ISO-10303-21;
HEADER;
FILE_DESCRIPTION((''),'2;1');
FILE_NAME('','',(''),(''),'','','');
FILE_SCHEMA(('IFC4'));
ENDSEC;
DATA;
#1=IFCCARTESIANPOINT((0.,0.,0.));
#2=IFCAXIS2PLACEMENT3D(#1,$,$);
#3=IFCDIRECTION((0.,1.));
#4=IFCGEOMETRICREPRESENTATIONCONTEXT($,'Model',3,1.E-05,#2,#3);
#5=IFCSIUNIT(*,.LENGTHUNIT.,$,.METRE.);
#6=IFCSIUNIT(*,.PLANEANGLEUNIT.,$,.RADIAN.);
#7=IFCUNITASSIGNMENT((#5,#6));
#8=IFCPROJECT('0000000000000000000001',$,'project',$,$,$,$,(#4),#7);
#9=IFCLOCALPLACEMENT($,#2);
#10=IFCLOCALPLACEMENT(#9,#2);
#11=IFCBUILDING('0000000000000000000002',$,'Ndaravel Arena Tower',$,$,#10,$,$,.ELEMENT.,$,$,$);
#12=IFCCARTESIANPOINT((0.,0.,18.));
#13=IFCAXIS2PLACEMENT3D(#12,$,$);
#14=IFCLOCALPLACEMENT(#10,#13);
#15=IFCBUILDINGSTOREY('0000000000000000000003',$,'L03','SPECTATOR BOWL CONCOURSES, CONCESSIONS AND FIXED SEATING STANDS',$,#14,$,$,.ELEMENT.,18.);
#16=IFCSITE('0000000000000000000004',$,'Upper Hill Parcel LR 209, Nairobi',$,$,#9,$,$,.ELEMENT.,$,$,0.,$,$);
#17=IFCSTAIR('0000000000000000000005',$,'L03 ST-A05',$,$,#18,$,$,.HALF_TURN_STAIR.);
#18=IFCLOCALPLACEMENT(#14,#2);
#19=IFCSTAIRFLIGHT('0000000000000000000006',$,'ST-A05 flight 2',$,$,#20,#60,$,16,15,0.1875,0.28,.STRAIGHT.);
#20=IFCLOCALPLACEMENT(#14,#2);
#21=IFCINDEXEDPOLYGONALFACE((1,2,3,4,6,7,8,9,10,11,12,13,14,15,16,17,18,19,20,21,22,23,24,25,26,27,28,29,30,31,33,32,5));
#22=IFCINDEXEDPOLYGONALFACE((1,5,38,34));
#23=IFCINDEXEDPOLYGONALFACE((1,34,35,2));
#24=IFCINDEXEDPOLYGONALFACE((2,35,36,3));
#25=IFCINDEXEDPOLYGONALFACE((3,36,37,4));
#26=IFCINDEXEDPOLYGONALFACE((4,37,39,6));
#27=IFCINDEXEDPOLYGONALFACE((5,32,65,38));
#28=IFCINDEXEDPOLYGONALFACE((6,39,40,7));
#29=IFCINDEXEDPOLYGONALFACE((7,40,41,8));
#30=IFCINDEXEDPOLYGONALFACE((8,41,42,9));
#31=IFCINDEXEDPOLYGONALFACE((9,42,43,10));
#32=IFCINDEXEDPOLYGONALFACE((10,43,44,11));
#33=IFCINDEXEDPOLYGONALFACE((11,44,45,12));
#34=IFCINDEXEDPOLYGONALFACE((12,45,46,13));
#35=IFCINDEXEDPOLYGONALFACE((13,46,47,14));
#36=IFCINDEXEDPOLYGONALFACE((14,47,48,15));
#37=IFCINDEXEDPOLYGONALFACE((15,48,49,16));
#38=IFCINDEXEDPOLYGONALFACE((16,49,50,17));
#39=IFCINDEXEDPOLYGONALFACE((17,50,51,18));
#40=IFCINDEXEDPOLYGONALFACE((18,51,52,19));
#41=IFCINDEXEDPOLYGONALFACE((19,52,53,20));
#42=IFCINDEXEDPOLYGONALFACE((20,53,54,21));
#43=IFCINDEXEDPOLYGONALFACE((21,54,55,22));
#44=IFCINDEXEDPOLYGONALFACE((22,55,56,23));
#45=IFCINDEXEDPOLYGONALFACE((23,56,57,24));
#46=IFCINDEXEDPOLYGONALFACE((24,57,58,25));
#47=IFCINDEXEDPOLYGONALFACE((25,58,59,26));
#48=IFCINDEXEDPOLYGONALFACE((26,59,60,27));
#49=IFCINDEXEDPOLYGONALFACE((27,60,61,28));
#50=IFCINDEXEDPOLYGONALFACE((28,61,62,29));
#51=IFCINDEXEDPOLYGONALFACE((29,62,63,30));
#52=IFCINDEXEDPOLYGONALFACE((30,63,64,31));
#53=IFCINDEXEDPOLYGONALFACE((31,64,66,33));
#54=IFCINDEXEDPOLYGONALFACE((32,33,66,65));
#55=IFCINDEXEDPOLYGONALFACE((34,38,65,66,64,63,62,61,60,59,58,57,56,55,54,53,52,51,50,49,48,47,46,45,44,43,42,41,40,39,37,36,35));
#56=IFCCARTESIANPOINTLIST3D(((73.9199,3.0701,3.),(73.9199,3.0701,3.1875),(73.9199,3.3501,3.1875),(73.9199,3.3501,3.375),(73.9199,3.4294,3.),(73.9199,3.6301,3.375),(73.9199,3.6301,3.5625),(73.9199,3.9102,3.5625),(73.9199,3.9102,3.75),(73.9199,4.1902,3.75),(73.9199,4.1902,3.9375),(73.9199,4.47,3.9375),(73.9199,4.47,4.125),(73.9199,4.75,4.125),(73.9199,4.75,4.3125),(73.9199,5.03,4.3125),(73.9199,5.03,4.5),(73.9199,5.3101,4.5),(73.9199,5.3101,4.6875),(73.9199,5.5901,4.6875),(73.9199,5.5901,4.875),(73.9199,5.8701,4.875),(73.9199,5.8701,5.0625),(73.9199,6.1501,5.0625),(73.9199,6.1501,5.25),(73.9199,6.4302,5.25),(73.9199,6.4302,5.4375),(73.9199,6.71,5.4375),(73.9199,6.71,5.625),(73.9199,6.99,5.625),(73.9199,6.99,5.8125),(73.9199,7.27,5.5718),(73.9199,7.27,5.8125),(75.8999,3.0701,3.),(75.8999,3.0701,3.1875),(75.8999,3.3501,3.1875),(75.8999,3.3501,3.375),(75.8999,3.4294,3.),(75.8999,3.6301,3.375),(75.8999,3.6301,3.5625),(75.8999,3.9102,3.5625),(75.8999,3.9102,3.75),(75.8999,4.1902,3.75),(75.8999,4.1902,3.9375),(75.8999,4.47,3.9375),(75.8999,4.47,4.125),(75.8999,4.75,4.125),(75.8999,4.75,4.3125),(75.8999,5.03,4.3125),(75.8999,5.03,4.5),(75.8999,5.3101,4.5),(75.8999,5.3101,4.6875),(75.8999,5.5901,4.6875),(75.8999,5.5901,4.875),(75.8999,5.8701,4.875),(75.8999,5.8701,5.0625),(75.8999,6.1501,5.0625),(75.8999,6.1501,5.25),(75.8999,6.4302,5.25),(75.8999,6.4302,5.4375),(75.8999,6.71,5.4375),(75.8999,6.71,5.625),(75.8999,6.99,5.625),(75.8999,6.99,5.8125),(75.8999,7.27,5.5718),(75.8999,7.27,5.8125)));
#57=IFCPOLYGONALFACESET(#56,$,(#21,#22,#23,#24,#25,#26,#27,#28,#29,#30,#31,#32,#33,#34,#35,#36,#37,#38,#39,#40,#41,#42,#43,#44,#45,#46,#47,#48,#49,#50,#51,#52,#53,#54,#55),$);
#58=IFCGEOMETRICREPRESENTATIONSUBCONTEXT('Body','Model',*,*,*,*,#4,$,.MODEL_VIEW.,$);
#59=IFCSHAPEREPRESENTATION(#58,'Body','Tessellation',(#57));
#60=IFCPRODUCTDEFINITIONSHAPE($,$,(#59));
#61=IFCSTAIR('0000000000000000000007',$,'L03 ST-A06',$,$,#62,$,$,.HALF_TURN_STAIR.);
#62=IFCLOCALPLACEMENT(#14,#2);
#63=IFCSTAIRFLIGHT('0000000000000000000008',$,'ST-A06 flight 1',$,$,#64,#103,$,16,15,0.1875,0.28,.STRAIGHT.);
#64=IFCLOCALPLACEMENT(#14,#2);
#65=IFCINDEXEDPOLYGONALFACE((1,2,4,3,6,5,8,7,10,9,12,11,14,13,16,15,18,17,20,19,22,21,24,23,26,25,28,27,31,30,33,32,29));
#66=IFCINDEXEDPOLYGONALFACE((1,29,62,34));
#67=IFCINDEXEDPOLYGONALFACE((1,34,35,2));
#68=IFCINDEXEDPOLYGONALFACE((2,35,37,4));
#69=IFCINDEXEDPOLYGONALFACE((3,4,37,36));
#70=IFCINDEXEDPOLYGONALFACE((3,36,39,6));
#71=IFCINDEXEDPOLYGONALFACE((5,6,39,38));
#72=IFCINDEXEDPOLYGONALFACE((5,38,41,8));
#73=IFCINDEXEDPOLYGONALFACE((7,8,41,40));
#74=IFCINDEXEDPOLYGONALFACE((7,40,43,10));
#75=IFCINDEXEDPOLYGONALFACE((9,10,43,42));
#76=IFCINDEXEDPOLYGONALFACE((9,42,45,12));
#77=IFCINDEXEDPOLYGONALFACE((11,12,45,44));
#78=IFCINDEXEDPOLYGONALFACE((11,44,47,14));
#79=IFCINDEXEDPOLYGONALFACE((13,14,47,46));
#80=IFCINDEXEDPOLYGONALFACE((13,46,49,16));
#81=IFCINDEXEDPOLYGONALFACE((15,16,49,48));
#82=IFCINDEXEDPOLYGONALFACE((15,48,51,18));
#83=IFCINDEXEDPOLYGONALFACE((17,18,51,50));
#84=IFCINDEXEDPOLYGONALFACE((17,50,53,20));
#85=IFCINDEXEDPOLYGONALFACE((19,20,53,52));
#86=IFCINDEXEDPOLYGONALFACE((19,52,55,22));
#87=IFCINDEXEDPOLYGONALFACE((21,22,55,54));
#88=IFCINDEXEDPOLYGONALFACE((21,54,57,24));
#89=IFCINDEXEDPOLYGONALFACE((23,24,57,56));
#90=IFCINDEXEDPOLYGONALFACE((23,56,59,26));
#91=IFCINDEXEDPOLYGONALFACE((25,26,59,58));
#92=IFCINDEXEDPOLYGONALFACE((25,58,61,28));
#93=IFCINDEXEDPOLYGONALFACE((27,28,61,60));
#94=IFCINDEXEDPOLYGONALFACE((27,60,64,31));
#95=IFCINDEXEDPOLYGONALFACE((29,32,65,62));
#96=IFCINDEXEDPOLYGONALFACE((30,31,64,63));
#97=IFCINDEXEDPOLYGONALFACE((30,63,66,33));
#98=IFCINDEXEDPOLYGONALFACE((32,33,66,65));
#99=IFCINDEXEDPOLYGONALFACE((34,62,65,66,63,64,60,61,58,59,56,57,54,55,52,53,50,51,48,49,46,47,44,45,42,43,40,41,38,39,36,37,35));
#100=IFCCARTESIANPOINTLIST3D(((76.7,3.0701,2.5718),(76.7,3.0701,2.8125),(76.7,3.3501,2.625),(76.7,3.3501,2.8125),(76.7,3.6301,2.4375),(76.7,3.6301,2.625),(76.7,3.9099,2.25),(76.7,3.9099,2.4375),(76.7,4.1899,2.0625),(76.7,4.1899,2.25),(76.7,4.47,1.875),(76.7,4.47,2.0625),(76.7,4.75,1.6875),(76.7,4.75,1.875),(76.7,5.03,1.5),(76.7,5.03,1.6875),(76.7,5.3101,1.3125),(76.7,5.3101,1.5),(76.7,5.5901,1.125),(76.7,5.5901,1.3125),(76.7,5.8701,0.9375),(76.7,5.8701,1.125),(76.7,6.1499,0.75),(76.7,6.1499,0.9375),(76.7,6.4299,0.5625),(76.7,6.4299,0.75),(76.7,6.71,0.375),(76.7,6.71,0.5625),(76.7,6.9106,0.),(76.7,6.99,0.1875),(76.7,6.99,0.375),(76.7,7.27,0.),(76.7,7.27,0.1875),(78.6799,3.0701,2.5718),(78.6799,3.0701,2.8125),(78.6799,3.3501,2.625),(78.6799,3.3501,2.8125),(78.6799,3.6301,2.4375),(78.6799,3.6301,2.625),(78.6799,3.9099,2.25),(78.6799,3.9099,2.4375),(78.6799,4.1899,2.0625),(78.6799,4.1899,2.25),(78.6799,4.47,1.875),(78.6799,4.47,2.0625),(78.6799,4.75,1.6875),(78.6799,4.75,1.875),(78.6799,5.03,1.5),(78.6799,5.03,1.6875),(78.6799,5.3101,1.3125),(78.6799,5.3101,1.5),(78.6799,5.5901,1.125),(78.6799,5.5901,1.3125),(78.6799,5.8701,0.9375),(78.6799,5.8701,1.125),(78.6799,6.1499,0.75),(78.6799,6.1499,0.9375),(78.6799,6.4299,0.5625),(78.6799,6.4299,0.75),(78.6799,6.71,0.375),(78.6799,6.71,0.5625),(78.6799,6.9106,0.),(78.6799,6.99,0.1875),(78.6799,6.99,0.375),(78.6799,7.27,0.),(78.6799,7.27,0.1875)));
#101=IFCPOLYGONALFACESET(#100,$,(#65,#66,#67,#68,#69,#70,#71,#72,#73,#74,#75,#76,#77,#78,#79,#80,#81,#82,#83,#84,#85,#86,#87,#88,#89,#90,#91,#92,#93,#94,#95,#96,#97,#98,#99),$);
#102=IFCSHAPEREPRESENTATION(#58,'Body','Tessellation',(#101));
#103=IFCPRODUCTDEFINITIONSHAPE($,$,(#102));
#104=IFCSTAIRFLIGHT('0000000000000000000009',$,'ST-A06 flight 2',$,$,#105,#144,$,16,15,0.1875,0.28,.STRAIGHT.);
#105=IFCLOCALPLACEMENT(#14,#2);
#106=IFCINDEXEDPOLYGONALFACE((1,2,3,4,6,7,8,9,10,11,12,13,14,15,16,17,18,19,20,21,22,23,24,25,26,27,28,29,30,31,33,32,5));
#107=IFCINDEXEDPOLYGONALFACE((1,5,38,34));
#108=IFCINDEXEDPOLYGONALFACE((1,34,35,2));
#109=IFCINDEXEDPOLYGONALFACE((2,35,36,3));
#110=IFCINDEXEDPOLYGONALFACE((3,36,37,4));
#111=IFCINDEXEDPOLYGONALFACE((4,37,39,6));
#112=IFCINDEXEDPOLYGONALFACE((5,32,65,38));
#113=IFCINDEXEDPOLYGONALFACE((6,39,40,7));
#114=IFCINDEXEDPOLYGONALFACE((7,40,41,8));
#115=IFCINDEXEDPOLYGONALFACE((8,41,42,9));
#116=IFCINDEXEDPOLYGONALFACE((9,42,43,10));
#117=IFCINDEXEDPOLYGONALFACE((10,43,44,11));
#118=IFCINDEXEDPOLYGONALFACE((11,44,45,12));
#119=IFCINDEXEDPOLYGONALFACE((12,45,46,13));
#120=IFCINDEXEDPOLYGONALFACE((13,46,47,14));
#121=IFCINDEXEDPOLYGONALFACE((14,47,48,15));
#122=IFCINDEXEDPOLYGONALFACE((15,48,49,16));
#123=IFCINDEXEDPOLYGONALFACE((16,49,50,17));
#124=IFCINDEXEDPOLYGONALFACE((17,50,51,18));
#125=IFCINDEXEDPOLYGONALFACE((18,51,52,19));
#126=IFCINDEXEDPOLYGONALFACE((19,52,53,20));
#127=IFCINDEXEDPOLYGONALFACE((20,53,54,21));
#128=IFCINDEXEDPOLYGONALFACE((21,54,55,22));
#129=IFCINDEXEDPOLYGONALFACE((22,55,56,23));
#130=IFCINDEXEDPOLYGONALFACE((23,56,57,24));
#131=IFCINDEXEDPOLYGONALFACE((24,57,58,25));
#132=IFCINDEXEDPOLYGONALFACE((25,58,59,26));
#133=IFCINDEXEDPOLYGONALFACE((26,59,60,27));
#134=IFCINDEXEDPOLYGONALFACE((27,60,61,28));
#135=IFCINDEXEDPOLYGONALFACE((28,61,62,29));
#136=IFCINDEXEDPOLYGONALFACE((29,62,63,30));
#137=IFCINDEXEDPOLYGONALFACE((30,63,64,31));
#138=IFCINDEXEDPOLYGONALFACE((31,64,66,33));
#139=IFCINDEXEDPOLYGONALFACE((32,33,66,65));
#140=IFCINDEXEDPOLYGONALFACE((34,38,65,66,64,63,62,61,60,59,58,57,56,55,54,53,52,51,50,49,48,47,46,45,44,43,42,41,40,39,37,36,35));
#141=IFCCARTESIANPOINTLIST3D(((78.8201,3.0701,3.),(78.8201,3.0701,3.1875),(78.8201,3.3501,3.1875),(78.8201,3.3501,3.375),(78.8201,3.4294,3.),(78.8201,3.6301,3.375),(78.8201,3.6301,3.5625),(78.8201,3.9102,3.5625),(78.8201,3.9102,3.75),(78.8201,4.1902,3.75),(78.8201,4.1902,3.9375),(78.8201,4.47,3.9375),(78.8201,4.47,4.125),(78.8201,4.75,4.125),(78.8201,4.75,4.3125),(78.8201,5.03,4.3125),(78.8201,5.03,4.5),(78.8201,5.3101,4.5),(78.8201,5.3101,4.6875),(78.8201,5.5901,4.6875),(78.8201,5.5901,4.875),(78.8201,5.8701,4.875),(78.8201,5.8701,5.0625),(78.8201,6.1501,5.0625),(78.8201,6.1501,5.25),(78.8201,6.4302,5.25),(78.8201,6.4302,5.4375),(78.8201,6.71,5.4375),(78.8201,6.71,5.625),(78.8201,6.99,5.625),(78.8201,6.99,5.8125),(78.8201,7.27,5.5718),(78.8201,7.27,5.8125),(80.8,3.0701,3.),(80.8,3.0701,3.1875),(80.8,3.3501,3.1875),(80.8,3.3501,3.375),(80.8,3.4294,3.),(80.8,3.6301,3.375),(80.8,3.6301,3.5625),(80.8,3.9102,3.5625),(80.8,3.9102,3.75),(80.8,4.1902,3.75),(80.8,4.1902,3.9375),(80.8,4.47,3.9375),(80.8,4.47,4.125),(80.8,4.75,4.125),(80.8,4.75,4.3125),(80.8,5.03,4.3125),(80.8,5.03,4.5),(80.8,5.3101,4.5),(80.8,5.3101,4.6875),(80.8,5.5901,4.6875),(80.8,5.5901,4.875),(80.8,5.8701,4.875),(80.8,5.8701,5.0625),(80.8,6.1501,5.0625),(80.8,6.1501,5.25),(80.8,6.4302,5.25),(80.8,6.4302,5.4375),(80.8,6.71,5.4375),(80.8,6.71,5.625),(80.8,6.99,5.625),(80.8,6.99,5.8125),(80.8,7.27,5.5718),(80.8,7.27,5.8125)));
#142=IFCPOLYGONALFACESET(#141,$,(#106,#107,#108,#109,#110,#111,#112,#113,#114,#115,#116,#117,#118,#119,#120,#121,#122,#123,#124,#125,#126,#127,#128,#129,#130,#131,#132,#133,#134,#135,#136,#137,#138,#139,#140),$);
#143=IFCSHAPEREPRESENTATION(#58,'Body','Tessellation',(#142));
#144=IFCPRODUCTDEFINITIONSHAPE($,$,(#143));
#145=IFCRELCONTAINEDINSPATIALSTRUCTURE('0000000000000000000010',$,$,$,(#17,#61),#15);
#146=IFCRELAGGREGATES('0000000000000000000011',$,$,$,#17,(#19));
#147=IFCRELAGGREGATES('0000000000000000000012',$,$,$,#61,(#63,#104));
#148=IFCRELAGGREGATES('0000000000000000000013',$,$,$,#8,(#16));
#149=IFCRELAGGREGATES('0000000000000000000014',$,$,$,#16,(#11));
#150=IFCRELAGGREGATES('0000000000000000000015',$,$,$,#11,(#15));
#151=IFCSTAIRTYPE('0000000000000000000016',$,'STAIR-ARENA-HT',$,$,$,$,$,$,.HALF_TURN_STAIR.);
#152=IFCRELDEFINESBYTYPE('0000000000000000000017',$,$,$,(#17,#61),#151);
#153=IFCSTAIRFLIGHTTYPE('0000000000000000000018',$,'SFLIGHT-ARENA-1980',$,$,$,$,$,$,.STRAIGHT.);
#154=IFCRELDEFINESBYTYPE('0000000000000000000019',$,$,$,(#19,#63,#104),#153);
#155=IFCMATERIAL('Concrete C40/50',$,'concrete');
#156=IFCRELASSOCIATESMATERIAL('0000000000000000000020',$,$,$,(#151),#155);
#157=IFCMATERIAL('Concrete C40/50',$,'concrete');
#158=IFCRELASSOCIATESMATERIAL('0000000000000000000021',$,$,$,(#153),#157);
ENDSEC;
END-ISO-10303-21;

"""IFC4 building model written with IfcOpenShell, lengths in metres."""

from ifc_helpers import new_model, si_unit, direction, frame, origin, place, context, subcontext, project, spatial, polyline, outline, extrude, material, type_object, element, aggregate, save


model = new_model("IFC4")

# Units and contexts
model_context = context("Model", 3, precision=1e-05, world=origin(), true_north=direction((0.0, 1.0)))
body_context = subcontext(model_context, "Body", "Model", "MODEL_VIEW")
ifc_project = project(units=[si_unit("LENGTHUNIT", "METRE"), si_unit("PLANEANGLEUNIT", "RADIAN")], contexts=[model_context])

# Site, building, storey
site_placement = place(None, origin())
site = spatial("IfcSite", under=ifc_project, at=site_placement, Name="Upper Hill Parcel LR 209, Nairobi", CompositionType="ELEMENT", RefElevation=0.0)
building_placement = place(site_placement, origin())
building = spatial("IfcBuilding", under=site, at=building_placement, Name="Ndaravel Arena Tower", CompositionType="ELEMENT")
storey_placement = place(building_placement, frame((0.0, 0.0, 18.0)))
storey = spatial("IfcBuildingStorey", under=building, at=storey_placement, Name="L03", Description="SPECTATOR BOWL CONCOURSES, CONCESSIONS AND FIXED SEATING STANDS", CompositionType="ELEMENT", Elevation=18.0)

# Stairs, stair flights
ifc_material_1 = material(Name="Concrete C40/50", Category="concrete")
stair_type = type_object("IfcStairType", Name="STAIR-ARENA-HT", PredefinedType="HALF_TURN_STAIR", material=ifc_material_1)
stair_1_placement = place(storey_placement, origin())
stair_1 = element("IfcStair", 1, at=stair_1_placement, inside=storey, type_object=stair_type, Name="L03 ST-A05", PredefinedType="HALF_TURN_STAIR")
ifc_material_2 = material(Name="Concrete C40/50", Category="concrete")
stair_flight_type = type_object("IfcStairFlightType", Name="SFLIGHT-ARENA-1980", PredefinedType="STRAIGHT", material=ifc_material_2)
stair_flight_1_placement = place(storey_placement, frame((74.9099, 3.0701, 3.0), z_axis=(0.0, 0.0, 1.0), x_axis=(0.0, 1.0, 0.0)))
stair_flight_1 = element("IfcStairFlight", 2, at=stair_flight_1_placement, type_object=stair_flight_type, Name="ST-A05 flight 2", NumberOfRisers=16, NumberOfTreads=15, PredefinedType="STRAIGHT", RiserHeight=0.1875, TreadLength=0.28, context=body_context, shape_type="SweptSolid", body=[
    extrude(outline(polyline([(0.0, 0.0), (0.0, 0.1875), (0.28, 0.1875), (0.28, 0.375), (0.5601, 0.375), (0.5601, 0.5625), (0.8401, 0.5625), (0.8401, 0.75), (1.1201, 0.75), (1.1201, 0.9375), (1.3999, 0.9375), (1.3999, 1.125), (1.6799, 1.125), (1.6799, 1.3125), (1.96, 1.3125), (1.96, 1.5), (2.24, 1.5), (2.24, 1.6875), (2.52, 1.6875), (2.52, 1.875), (2.8, 1.875), (2.8, 2.0625), (3.0801, 2.0625), (3.0801, 2.25), (3.3601, 2.25), (3.3601, 2.4375), (3.6399, 2.4375), (3.6399, 2.625), (3.9199, 2.625), (3.9199, 2.8125), (4.2, 2.8125), (4.2, 3.0), (4.2, 2.5718), (0.3594, 0.0), (0.0, 0.0)])), frame((0.0, 0.99, 0.0), z_axis=(0.0, -1.0, 0.0), x_axis=(1.0, 0.0, 0.0)), (0.0, 0.0, 1.0), 1.98),
])
aggregate(stair_1, [stair_flight_1])
stair_2_placement = place(storey_placement, origin())
stair_2 = element("IfcStair", 3, at=stair_2_placement, inside=storey, type_object=stair_type, Name="L03 ST-A06", PredefinedType="HALF_TURN_STAIR")
stair_flight_2_placement = place(storey_placement, frame((77.6899, 7.27, 0.0), z_axis=(0.0, 0.0, 1.0), x_axis=(0.0, -1.0, 0.0)))
stair_flight_2 = element("IfcStairFlight", 4, at=stair_flight_2_placement, type_object=stair_flight_type, Name="ST-A06 flight 1", NumberOfRisers=16, NumberOfTreads=15, PredefinedType="STRAIGHT", RiserHeight=0.1875, TreadLength=0.28, context=body_context, shape_type="SweptSolid", body=[
    extrude(outline(polyline([(0.0, 0.0), (0.0, 0.1875), (0.28, 0.1875), (0.28, 0.375), (0.5601, 0.375), (0.5601, 0.5625), (0.8401, 0.5625), (0.8401, 0.75), (1.1201, 0.75), (1.1201, 0.9375), (1.3999, 0.9375), (1.3999, 1.125), (1.6799, 1.125), (1.6799, 1.3125), (1.96, 1.3125), (1.96, 1.5), (2.24, 1.5), (2.24, 1.6875), (2.52, 1.6875), (2.52, 1.875), (2.8, 1.875), (2.8, 2.0625), (3.0801, 2.0625), (3.0801, 2.25), (3.3601, 2.25), (3.3601, 2.4375), (3.6399, 2.4375), (3.6399, 2.625), (3.9199, 2.625), (3.9199, 2.8125), (4.2, 2.8125), (4.2, 3.0), (4.2, 2.5718), (0.3594, 0.0), (0.0, 0.0)])), frame((0.0, 0.99, 0.0), z_axis=(0.0, -1.0, 0.0), x_axis=(1.0, 0.0, 0.0)), (0.0, 0.0, 1.0), 1.98),
])
stair_flight_3_placement = place(storey_placement, frame((79.8101, 3.0701, 3.0), z_axis=(0.0, 0.0, 1.0), x_axis=(0.0, 1.0, 0.0)))
stair_flight_3 = element("IfcStairFlight", 5, at=stair_flight_3_placement, type_object=stair_flight_type, Name="ST-A06 flight 2", NumberOfRisers=16, NumberOfTreads=15, PredefinedType="STRAIGHT", RiserHeight=0.1875, TreadLength=0.28, context=body_context, shape_type="SweptSolid", body=[
    extrude(outline(polyline([(0.0, 0.0), (0.0, 0.1875), (0.28, 0.1875), (0.28, 0.375), (0.5601, 0.375), (0.5601, 0.5625), (0.8401, 0.5625), (0.8401, 0.75), (1.1201, 0.75), (1.1201, 0.9375), (1.3999, 0.9375), (1.3999, 1.125), (1.6799, 1.125), (1.6799, 1.3125), (1.96, 1.3125), (1.96, 1.5), (2.24, 1.5), (2.24, 1.6875), (2.52, 1.6875), (2.52, 1.875), (2.8, 1.875), (2.8, 2.0625), (3.0801, 2.0625), (3.0801, 2.25), (3.3601, 2.25), (3.3601, 2.4375), (3.6399, 2.4375), (3.6399, 2.625), (3.9199, 2.625), (3.9199, 2.8125), (4.2, 2.8125), (4.2, 3.0), (4.2, 2.5718), (0.3594, 0.0), (0.0, 0.0)])), frame((0.0, 0.99, 0.0), z_axis=(0.0, -1.0, 0.0), x_axis=(1.0, 0.0, 0.0)), (0.0, 0.0, 1.0), 1.98),
])
aggregate(stair_2, [stair_flight_2, stair_flight_3])

save(model, "model.ifc")
